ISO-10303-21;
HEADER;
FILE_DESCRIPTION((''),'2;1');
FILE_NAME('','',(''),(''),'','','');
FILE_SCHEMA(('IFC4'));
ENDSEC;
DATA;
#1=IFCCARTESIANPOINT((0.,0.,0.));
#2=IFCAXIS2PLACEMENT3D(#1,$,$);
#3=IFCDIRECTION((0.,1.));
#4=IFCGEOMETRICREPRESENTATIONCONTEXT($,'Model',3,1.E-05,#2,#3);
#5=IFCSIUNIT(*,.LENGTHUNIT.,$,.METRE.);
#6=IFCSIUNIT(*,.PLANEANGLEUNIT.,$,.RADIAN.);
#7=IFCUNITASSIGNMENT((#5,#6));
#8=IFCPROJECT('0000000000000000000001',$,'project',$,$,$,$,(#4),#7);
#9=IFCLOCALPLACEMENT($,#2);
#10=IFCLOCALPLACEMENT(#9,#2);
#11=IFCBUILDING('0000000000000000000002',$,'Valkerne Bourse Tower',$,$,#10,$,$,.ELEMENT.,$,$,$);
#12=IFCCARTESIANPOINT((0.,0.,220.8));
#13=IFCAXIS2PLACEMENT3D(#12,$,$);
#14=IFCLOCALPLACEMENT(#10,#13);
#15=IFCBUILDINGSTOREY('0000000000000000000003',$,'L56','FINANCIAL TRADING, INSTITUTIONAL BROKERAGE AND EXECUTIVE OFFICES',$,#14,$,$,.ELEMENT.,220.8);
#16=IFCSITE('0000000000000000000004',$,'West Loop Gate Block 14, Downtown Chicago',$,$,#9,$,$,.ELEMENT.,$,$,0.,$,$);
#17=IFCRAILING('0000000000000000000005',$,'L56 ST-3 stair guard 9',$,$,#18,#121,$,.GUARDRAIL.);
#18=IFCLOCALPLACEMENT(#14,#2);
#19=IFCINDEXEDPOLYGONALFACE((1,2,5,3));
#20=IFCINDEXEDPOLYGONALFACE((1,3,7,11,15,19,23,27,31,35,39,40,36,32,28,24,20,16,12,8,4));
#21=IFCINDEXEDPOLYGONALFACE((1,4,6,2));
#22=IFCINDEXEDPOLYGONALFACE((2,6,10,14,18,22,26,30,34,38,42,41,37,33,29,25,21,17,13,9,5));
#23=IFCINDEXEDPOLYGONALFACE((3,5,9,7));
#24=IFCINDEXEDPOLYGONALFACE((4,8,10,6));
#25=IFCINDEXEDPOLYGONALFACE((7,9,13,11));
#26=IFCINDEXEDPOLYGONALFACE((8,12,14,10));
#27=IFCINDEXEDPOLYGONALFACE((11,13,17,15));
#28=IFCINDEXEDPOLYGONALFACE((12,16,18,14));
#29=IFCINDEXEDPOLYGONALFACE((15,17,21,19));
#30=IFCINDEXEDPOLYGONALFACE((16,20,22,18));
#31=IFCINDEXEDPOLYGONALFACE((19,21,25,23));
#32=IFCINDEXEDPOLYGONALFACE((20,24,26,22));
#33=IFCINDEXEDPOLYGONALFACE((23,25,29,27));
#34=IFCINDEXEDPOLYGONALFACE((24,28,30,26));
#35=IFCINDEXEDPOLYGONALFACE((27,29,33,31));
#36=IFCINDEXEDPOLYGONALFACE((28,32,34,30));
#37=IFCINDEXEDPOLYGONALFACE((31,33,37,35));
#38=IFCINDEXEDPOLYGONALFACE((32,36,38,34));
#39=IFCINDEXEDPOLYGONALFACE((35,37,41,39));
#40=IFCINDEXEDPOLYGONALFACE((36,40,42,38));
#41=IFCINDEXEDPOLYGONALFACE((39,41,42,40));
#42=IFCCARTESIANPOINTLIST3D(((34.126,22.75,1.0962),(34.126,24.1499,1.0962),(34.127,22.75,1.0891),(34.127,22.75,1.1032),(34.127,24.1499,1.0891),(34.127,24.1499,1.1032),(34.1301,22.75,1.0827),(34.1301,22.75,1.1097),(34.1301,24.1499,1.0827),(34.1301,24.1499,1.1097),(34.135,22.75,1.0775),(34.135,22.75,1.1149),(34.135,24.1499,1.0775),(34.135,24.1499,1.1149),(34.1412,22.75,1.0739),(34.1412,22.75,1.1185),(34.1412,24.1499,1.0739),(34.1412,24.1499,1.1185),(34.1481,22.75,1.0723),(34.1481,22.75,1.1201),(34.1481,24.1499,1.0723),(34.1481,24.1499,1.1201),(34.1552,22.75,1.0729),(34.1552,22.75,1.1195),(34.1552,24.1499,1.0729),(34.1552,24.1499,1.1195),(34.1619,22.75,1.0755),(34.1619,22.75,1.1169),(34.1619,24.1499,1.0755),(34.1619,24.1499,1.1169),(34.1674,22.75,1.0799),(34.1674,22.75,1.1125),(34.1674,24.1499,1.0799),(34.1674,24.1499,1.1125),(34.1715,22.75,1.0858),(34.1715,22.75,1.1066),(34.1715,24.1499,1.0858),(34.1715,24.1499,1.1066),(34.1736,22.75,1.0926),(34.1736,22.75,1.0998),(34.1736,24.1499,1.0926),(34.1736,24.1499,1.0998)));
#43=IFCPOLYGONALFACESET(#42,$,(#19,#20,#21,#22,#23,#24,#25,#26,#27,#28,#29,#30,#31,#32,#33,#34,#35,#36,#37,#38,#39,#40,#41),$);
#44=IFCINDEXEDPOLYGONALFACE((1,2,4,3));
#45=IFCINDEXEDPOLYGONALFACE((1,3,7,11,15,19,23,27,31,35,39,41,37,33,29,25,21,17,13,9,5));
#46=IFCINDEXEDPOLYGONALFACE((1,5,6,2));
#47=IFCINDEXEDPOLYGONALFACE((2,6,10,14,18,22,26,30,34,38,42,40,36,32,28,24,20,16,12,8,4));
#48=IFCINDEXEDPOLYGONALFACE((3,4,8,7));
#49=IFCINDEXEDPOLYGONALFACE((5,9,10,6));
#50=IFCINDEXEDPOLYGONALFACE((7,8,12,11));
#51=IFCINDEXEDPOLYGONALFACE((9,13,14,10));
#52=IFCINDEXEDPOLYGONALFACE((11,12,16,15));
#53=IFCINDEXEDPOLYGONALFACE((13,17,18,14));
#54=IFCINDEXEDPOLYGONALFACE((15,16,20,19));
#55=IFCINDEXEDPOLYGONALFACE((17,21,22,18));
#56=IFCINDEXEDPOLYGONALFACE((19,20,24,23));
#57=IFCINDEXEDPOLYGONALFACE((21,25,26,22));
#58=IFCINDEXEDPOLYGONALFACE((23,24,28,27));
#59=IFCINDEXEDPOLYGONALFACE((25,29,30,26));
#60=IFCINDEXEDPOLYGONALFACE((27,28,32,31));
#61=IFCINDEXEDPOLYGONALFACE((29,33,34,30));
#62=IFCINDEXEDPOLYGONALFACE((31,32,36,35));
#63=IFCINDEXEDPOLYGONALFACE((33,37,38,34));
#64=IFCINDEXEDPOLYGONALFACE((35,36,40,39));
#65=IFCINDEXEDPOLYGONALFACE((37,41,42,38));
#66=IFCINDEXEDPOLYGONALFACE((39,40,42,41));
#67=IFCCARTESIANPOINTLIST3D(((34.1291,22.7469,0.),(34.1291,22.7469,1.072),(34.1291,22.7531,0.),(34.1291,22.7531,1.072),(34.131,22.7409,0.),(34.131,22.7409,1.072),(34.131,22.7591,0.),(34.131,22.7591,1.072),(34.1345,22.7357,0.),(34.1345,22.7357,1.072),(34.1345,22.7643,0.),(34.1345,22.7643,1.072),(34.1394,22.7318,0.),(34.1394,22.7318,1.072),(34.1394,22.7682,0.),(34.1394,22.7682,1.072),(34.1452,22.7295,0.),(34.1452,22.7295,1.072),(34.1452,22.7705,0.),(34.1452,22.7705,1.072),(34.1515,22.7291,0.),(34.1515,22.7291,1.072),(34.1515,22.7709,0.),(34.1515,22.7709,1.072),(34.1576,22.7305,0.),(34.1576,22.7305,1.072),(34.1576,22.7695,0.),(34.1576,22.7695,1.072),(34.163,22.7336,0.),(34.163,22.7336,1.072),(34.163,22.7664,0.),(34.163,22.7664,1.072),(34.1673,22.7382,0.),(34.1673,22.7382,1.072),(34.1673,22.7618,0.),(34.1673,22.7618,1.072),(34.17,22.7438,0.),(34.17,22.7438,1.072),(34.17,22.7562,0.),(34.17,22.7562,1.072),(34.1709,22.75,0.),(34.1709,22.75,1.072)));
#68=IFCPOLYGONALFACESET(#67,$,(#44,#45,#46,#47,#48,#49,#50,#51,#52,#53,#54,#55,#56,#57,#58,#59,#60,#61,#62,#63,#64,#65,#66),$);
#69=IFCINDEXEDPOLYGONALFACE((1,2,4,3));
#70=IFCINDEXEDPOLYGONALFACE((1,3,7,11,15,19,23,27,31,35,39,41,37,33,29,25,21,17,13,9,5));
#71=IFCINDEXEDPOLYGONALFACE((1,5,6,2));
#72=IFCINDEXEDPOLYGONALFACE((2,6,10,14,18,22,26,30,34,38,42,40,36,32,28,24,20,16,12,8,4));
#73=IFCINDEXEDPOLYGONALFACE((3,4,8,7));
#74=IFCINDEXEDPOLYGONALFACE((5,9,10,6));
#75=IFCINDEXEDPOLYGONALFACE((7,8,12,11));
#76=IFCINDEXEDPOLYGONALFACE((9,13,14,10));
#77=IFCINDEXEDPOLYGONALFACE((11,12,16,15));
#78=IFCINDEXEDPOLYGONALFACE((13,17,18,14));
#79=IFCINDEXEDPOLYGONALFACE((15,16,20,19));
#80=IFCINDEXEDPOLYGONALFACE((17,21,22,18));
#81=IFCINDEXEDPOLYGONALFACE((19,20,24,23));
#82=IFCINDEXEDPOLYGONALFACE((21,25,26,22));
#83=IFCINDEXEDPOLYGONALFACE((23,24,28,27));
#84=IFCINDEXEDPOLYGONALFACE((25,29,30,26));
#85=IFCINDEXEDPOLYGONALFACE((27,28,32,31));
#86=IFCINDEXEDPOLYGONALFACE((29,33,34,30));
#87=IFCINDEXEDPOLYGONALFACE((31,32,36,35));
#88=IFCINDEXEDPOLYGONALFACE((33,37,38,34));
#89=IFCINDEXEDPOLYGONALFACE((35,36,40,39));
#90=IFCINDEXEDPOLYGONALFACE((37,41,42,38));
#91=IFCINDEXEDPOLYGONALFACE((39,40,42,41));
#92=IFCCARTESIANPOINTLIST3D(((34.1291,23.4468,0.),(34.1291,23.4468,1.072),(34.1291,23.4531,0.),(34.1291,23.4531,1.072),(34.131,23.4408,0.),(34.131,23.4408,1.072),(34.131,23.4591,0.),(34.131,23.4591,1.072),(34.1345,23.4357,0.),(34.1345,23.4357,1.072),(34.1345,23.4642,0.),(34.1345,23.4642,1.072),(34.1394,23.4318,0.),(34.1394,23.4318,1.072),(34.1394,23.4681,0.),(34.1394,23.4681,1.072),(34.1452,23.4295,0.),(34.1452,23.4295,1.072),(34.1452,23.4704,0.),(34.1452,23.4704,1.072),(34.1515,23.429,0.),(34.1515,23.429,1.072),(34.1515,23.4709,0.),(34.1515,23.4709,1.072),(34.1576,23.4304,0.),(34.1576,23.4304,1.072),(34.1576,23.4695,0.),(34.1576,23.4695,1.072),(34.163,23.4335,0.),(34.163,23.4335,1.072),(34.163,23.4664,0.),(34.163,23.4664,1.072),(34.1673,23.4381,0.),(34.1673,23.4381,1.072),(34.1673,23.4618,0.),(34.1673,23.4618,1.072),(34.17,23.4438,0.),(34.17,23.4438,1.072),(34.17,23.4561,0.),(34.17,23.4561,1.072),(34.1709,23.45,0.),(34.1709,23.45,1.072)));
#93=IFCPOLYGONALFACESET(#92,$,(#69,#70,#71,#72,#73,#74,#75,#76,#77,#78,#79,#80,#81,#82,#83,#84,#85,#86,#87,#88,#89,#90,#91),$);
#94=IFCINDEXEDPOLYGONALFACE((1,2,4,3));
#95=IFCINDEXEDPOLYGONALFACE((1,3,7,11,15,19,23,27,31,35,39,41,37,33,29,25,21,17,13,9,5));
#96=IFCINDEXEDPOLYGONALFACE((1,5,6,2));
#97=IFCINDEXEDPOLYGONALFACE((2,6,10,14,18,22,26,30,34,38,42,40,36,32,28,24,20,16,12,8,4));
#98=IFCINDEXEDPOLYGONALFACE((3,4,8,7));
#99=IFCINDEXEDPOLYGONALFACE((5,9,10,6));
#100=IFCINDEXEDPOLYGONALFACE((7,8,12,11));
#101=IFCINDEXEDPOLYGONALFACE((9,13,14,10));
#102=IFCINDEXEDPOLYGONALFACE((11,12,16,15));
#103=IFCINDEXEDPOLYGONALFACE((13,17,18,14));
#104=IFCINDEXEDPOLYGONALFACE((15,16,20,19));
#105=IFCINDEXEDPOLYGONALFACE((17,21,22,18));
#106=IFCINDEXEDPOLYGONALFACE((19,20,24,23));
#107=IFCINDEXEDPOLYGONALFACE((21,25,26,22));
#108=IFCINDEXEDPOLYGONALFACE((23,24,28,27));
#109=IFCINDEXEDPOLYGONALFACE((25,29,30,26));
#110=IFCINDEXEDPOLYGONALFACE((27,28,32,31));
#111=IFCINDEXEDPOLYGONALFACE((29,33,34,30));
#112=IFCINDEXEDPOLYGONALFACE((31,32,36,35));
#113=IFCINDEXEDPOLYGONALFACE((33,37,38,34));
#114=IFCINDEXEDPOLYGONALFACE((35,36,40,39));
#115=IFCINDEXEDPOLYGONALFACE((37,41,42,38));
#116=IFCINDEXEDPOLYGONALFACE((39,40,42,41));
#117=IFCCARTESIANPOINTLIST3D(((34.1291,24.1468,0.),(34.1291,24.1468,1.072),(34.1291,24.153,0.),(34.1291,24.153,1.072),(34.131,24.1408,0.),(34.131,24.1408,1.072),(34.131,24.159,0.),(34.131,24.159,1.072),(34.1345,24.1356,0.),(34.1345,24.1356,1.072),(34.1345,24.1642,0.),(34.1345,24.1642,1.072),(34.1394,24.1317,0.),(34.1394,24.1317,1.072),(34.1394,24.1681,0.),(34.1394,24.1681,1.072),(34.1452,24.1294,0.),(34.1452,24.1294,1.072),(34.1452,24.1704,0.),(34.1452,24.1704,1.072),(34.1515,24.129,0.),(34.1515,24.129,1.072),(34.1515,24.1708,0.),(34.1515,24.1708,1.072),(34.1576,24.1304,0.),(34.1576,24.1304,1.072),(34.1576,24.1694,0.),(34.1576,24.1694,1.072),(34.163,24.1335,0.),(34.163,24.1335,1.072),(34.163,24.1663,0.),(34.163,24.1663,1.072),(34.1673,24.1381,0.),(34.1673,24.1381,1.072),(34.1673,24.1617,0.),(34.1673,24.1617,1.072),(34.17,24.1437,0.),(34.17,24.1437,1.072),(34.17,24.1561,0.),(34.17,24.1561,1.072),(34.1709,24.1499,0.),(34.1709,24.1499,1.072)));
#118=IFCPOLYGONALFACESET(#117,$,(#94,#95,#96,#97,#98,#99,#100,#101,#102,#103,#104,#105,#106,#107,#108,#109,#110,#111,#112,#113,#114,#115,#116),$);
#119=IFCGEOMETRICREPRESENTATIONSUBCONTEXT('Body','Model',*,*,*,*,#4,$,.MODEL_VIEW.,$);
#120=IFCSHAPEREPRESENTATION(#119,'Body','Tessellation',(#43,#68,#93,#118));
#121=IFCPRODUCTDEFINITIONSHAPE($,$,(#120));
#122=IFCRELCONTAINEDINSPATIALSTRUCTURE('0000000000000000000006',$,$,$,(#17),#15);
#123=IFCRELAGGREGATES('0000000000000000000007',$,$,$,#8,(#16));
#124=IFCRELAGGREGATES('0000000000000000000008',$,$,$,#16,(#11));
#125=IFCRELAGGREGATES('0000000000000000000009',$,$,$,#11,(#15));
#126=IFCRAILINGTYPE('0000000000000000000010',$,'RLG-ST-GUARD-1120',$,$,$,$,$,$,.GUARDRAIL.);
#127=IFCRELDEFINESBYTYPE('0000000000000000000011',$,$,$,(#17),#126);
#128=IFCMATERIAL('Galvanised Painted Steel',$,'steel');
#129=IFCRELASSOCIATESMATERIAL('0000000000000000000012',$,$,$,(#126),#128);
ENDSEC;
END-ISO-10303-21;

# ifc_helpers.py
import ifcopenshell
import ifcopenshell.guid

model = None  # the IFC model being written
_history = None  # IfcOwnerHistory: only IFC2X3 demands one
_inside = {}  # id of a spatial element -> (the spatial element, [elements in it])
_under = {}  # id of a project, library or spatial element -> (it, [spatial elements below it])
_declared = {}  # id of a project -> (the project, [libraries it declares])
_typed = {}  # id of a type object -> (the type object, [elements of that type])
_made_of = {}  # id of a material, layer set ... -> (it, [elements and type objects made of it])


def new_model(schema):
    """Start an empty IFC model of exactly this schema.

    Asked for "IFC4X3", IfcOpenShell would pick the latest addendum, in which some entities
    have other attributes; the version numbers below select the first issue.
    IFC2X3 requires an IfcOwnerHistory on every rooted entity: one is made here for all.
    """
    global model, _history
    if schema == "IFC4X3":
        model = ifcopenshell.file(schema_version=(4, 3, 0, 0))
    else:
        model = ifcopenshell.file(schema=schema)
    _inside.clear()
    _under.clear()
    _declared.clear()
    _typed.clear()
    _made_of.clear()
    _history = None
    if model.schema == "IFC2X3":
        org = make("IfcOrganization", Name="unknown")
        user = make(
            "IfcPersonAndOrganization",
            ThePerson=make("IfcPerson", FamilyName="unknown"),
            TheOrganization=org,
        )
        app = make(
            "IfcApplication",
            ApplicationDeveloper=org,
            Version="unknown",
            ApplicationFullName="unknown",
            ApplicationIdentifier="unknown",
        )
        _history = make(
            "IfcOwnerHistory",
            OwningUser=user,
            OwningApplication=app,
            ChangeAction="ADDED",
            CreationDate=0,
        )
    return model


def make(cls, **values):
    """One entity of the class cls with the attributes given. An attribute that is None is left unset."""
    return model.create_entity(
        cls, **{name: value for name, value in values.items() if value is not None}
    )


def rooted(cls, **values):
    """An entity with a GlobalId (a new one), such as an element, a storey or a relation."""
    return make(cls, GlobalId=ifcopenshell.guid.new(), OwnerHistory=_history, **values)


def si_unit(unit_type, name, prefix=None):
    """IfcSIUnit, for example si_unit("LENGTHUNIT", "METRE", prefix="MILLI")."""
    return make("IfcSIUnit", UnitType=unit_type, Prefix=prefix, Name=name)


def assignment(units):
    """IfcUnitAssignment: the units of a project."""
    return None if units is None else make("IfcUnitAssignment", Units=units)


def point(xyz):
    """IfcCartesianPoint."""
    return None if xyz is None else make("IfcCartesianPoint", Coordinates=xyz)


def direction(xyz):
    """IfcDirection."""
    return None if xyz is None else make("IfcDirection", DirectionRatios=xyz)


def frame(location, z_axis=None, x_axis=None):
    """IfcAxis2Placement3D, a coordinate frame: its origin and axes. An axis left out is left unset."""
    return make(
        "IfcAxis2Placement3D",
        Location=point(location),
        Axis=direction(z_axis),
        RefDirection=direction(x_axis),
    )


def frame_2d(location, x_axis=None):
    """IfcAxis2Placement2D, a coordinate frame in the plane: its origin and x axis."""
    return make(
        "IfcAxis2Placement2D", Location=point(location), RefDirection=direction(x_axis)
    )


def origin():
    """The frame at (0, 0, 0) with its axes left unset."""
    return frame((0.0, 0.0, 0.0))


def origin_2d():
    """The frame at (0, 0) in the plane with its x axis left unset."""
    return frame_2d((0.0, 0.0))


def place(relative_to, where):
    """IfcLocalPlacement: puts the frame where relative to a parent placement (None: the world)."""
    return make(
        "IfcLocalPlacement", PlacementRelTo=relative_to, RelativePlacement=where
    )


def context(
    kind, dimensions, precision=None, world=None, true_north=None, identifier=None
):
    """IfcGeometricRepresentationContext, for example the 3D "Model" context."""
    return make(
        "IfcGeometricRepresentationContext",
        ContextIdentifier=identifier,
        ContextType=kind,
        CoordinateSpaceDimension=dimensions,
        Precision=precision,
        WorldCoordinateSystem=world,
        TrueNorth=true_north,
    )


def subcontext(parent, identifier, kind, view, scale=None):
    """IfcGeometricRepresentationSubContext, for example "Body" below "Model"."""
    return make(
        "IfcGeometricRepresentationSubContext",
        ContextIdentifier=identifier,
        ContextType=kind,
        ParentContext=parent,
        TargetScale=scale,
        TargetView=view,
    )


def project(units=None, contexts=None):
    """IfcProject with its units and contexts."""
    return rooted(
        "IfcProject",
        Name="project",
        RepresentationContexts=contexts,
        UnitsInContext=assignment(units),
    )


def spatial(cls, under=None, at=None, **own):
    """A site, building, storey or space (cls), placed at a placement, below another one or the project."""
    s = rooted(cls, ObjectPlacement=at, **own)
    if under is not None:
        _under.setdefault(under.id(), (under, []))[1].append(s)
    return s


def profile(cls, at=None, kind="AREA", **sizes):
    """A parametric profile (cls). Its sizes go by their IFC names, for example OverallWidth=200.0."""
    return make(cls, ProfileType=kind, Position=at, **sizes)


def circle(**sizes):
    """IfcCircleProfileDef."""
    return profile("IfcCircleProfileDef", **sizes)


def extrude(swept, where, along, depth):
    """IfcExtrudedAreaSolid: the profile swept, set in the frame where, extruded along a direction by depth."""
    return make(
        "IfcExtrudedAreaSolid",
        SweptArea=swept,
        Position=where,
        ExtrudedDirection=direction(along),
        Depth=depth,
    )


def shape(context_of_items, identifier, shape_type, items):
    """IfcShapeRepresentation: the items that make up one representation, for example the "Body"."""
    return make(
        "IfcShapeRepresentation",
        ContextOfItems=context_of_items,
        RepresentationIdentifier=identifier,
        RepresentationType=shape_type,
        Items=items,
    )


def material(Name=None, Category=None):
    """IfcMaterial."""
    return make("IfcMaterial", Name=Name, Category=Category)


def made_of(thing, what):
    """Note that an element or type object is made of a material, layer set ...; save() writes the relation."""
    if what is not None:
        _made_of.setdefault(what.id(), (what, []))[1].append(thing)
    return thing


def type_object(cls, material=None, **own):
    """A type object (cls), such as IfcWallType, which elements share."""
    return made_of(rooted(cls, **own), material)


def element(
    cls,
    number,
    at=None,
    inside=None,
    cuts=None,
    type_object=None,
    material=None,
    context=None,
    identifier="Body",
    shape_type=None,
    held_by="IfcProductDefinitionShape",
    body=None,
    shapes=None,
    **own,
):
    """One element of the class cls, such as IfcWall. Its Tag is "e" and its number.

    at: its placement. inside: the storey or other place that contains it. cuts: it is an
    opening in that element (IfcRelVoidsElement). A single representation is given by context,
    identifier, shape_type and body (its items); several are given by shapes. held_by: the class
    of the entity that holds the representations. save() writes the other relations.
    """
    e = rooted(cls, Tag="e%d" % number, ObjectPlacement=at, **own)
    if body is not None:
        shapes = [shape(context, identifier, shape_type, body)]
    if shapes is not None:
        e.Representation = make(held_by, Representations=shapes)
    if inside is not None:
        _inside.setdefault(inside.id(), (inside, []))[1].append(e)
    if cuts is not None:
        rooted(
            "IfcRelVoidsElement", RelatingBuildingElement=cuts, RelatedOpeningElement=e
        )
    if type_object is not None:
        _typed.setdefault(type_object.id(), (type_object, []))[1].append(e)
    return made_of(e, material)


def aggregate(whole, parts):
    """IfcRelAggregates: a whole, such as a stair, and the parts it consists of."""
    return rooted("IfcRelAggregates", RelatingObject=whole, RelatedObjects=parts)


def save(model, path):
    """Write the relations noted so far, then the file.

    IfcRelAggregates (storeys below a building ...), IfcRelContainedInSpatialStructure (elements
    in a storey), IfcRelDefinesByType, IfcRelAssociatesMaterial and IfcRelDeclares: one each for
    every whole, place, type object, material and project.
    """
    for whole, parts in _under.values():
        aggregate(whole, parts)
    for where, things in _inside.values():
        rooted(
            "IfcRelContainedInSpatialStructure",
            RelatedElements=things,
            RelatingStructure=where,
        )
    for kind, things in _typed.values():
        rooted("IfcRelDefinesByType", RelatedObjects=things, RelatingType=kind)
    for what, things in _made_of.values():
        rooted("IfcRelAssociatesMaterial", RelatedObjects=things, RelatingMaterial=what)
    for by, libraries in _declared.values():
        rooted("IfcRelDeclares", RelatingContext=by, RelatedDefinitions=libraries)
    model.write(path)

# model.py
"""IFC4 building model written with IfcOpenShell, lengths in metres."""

from ifc_helpers import new_model, si_unit, direction, frame, origin, origin_2d, place, context, subcontext, project, spatial, circle, extrude, material, type_object, element, save


model = new_model("IFC4")

# Units and contexts
model_context = context("Model", 3, precision=1e-05, world=origin(), true_north=direction((0.0, 1.0)))
body_context = subcontext(model_context, "Body", "Model", "MODEL_VIEW")
ifc_project = project(units=[si_unit("LENGTHUNIT", "METRE"), si_unit("PLANEANGLEUNIT", "RADIAN")], contexts=[model_context])

# Site, building, storey
site_placement = place(None, origin())
site = spatial("IfcSite", under=ifc_project, at=site_placement, Name="West Loop Gate Block 14, Downtown Chicago", CompositionType="ELEMENT", RefElevation=0.0)
building_placement = place(site_placement, origin())
building = spatial("IfcBuilding", under=site, at=building_placement, Name="Valkerne Bourse Tower", CompositionType="ELEMENT")
storey_placement = place(building_placement, frame((0.0, 0.0, 220.8)))
storey = spatial("IfcBuildingStorey", under=building, at=storey_placement, Name="L56", Description="FINANCIAL TRADING, INSTITUTIONAL BROKERAGE AND EXECUTIVE OFFICES", CompositionType="ELEMENT", Elevation=220.8)

# Shared definitions
ifc_material_1 = material(Name="Galvanised Painted Steel", Category="steel")

# Railing
railing_type_1 = type_object("IfcRailingType", Name="RLG-ST-GUARD-1120", PredefinedType="GUARDRAIL", material=ifc_material_1)
railing_1_placement = place(storey_placement, frame((34.1499, 22.75, 0.0)))
element("IfcRailing", 1, at=railing_1_placement, inside=storey, type_object=railing_type_1, Name="L56 ST-3 stair guard 9", PredefinedType="GUARDRAIL", context=body_context, shape_type="SweptSolid", body=[
    extrude(circle(Radius=0.0239, at=origin_2d()), frame((0.0, 0.0, 1.0962), z_axis=(0.0, 1.0, 0.0), x_axis=(-1.0, 0.0, 0.0)), (0.0, 0.0, 1.0), 1.3999),
    extrude(circle(Radius=0.021, at=origin_2d()), origin(), (0.0, 0.0, 1.0), 1.072),
    extrude(circle(Radius=0.021, at=origin_2d()), frame((0.0, 0.7, 0.0)), (0.0, 0.0, 1.0), 1.072),
    extrude(circle(Radius=0.021, at=origin_2d()), frame((0.0, 1.3999, 0.0)), (0.0, 0.0, 1.0), 1.072),
])

save(model, "model.ifc")
